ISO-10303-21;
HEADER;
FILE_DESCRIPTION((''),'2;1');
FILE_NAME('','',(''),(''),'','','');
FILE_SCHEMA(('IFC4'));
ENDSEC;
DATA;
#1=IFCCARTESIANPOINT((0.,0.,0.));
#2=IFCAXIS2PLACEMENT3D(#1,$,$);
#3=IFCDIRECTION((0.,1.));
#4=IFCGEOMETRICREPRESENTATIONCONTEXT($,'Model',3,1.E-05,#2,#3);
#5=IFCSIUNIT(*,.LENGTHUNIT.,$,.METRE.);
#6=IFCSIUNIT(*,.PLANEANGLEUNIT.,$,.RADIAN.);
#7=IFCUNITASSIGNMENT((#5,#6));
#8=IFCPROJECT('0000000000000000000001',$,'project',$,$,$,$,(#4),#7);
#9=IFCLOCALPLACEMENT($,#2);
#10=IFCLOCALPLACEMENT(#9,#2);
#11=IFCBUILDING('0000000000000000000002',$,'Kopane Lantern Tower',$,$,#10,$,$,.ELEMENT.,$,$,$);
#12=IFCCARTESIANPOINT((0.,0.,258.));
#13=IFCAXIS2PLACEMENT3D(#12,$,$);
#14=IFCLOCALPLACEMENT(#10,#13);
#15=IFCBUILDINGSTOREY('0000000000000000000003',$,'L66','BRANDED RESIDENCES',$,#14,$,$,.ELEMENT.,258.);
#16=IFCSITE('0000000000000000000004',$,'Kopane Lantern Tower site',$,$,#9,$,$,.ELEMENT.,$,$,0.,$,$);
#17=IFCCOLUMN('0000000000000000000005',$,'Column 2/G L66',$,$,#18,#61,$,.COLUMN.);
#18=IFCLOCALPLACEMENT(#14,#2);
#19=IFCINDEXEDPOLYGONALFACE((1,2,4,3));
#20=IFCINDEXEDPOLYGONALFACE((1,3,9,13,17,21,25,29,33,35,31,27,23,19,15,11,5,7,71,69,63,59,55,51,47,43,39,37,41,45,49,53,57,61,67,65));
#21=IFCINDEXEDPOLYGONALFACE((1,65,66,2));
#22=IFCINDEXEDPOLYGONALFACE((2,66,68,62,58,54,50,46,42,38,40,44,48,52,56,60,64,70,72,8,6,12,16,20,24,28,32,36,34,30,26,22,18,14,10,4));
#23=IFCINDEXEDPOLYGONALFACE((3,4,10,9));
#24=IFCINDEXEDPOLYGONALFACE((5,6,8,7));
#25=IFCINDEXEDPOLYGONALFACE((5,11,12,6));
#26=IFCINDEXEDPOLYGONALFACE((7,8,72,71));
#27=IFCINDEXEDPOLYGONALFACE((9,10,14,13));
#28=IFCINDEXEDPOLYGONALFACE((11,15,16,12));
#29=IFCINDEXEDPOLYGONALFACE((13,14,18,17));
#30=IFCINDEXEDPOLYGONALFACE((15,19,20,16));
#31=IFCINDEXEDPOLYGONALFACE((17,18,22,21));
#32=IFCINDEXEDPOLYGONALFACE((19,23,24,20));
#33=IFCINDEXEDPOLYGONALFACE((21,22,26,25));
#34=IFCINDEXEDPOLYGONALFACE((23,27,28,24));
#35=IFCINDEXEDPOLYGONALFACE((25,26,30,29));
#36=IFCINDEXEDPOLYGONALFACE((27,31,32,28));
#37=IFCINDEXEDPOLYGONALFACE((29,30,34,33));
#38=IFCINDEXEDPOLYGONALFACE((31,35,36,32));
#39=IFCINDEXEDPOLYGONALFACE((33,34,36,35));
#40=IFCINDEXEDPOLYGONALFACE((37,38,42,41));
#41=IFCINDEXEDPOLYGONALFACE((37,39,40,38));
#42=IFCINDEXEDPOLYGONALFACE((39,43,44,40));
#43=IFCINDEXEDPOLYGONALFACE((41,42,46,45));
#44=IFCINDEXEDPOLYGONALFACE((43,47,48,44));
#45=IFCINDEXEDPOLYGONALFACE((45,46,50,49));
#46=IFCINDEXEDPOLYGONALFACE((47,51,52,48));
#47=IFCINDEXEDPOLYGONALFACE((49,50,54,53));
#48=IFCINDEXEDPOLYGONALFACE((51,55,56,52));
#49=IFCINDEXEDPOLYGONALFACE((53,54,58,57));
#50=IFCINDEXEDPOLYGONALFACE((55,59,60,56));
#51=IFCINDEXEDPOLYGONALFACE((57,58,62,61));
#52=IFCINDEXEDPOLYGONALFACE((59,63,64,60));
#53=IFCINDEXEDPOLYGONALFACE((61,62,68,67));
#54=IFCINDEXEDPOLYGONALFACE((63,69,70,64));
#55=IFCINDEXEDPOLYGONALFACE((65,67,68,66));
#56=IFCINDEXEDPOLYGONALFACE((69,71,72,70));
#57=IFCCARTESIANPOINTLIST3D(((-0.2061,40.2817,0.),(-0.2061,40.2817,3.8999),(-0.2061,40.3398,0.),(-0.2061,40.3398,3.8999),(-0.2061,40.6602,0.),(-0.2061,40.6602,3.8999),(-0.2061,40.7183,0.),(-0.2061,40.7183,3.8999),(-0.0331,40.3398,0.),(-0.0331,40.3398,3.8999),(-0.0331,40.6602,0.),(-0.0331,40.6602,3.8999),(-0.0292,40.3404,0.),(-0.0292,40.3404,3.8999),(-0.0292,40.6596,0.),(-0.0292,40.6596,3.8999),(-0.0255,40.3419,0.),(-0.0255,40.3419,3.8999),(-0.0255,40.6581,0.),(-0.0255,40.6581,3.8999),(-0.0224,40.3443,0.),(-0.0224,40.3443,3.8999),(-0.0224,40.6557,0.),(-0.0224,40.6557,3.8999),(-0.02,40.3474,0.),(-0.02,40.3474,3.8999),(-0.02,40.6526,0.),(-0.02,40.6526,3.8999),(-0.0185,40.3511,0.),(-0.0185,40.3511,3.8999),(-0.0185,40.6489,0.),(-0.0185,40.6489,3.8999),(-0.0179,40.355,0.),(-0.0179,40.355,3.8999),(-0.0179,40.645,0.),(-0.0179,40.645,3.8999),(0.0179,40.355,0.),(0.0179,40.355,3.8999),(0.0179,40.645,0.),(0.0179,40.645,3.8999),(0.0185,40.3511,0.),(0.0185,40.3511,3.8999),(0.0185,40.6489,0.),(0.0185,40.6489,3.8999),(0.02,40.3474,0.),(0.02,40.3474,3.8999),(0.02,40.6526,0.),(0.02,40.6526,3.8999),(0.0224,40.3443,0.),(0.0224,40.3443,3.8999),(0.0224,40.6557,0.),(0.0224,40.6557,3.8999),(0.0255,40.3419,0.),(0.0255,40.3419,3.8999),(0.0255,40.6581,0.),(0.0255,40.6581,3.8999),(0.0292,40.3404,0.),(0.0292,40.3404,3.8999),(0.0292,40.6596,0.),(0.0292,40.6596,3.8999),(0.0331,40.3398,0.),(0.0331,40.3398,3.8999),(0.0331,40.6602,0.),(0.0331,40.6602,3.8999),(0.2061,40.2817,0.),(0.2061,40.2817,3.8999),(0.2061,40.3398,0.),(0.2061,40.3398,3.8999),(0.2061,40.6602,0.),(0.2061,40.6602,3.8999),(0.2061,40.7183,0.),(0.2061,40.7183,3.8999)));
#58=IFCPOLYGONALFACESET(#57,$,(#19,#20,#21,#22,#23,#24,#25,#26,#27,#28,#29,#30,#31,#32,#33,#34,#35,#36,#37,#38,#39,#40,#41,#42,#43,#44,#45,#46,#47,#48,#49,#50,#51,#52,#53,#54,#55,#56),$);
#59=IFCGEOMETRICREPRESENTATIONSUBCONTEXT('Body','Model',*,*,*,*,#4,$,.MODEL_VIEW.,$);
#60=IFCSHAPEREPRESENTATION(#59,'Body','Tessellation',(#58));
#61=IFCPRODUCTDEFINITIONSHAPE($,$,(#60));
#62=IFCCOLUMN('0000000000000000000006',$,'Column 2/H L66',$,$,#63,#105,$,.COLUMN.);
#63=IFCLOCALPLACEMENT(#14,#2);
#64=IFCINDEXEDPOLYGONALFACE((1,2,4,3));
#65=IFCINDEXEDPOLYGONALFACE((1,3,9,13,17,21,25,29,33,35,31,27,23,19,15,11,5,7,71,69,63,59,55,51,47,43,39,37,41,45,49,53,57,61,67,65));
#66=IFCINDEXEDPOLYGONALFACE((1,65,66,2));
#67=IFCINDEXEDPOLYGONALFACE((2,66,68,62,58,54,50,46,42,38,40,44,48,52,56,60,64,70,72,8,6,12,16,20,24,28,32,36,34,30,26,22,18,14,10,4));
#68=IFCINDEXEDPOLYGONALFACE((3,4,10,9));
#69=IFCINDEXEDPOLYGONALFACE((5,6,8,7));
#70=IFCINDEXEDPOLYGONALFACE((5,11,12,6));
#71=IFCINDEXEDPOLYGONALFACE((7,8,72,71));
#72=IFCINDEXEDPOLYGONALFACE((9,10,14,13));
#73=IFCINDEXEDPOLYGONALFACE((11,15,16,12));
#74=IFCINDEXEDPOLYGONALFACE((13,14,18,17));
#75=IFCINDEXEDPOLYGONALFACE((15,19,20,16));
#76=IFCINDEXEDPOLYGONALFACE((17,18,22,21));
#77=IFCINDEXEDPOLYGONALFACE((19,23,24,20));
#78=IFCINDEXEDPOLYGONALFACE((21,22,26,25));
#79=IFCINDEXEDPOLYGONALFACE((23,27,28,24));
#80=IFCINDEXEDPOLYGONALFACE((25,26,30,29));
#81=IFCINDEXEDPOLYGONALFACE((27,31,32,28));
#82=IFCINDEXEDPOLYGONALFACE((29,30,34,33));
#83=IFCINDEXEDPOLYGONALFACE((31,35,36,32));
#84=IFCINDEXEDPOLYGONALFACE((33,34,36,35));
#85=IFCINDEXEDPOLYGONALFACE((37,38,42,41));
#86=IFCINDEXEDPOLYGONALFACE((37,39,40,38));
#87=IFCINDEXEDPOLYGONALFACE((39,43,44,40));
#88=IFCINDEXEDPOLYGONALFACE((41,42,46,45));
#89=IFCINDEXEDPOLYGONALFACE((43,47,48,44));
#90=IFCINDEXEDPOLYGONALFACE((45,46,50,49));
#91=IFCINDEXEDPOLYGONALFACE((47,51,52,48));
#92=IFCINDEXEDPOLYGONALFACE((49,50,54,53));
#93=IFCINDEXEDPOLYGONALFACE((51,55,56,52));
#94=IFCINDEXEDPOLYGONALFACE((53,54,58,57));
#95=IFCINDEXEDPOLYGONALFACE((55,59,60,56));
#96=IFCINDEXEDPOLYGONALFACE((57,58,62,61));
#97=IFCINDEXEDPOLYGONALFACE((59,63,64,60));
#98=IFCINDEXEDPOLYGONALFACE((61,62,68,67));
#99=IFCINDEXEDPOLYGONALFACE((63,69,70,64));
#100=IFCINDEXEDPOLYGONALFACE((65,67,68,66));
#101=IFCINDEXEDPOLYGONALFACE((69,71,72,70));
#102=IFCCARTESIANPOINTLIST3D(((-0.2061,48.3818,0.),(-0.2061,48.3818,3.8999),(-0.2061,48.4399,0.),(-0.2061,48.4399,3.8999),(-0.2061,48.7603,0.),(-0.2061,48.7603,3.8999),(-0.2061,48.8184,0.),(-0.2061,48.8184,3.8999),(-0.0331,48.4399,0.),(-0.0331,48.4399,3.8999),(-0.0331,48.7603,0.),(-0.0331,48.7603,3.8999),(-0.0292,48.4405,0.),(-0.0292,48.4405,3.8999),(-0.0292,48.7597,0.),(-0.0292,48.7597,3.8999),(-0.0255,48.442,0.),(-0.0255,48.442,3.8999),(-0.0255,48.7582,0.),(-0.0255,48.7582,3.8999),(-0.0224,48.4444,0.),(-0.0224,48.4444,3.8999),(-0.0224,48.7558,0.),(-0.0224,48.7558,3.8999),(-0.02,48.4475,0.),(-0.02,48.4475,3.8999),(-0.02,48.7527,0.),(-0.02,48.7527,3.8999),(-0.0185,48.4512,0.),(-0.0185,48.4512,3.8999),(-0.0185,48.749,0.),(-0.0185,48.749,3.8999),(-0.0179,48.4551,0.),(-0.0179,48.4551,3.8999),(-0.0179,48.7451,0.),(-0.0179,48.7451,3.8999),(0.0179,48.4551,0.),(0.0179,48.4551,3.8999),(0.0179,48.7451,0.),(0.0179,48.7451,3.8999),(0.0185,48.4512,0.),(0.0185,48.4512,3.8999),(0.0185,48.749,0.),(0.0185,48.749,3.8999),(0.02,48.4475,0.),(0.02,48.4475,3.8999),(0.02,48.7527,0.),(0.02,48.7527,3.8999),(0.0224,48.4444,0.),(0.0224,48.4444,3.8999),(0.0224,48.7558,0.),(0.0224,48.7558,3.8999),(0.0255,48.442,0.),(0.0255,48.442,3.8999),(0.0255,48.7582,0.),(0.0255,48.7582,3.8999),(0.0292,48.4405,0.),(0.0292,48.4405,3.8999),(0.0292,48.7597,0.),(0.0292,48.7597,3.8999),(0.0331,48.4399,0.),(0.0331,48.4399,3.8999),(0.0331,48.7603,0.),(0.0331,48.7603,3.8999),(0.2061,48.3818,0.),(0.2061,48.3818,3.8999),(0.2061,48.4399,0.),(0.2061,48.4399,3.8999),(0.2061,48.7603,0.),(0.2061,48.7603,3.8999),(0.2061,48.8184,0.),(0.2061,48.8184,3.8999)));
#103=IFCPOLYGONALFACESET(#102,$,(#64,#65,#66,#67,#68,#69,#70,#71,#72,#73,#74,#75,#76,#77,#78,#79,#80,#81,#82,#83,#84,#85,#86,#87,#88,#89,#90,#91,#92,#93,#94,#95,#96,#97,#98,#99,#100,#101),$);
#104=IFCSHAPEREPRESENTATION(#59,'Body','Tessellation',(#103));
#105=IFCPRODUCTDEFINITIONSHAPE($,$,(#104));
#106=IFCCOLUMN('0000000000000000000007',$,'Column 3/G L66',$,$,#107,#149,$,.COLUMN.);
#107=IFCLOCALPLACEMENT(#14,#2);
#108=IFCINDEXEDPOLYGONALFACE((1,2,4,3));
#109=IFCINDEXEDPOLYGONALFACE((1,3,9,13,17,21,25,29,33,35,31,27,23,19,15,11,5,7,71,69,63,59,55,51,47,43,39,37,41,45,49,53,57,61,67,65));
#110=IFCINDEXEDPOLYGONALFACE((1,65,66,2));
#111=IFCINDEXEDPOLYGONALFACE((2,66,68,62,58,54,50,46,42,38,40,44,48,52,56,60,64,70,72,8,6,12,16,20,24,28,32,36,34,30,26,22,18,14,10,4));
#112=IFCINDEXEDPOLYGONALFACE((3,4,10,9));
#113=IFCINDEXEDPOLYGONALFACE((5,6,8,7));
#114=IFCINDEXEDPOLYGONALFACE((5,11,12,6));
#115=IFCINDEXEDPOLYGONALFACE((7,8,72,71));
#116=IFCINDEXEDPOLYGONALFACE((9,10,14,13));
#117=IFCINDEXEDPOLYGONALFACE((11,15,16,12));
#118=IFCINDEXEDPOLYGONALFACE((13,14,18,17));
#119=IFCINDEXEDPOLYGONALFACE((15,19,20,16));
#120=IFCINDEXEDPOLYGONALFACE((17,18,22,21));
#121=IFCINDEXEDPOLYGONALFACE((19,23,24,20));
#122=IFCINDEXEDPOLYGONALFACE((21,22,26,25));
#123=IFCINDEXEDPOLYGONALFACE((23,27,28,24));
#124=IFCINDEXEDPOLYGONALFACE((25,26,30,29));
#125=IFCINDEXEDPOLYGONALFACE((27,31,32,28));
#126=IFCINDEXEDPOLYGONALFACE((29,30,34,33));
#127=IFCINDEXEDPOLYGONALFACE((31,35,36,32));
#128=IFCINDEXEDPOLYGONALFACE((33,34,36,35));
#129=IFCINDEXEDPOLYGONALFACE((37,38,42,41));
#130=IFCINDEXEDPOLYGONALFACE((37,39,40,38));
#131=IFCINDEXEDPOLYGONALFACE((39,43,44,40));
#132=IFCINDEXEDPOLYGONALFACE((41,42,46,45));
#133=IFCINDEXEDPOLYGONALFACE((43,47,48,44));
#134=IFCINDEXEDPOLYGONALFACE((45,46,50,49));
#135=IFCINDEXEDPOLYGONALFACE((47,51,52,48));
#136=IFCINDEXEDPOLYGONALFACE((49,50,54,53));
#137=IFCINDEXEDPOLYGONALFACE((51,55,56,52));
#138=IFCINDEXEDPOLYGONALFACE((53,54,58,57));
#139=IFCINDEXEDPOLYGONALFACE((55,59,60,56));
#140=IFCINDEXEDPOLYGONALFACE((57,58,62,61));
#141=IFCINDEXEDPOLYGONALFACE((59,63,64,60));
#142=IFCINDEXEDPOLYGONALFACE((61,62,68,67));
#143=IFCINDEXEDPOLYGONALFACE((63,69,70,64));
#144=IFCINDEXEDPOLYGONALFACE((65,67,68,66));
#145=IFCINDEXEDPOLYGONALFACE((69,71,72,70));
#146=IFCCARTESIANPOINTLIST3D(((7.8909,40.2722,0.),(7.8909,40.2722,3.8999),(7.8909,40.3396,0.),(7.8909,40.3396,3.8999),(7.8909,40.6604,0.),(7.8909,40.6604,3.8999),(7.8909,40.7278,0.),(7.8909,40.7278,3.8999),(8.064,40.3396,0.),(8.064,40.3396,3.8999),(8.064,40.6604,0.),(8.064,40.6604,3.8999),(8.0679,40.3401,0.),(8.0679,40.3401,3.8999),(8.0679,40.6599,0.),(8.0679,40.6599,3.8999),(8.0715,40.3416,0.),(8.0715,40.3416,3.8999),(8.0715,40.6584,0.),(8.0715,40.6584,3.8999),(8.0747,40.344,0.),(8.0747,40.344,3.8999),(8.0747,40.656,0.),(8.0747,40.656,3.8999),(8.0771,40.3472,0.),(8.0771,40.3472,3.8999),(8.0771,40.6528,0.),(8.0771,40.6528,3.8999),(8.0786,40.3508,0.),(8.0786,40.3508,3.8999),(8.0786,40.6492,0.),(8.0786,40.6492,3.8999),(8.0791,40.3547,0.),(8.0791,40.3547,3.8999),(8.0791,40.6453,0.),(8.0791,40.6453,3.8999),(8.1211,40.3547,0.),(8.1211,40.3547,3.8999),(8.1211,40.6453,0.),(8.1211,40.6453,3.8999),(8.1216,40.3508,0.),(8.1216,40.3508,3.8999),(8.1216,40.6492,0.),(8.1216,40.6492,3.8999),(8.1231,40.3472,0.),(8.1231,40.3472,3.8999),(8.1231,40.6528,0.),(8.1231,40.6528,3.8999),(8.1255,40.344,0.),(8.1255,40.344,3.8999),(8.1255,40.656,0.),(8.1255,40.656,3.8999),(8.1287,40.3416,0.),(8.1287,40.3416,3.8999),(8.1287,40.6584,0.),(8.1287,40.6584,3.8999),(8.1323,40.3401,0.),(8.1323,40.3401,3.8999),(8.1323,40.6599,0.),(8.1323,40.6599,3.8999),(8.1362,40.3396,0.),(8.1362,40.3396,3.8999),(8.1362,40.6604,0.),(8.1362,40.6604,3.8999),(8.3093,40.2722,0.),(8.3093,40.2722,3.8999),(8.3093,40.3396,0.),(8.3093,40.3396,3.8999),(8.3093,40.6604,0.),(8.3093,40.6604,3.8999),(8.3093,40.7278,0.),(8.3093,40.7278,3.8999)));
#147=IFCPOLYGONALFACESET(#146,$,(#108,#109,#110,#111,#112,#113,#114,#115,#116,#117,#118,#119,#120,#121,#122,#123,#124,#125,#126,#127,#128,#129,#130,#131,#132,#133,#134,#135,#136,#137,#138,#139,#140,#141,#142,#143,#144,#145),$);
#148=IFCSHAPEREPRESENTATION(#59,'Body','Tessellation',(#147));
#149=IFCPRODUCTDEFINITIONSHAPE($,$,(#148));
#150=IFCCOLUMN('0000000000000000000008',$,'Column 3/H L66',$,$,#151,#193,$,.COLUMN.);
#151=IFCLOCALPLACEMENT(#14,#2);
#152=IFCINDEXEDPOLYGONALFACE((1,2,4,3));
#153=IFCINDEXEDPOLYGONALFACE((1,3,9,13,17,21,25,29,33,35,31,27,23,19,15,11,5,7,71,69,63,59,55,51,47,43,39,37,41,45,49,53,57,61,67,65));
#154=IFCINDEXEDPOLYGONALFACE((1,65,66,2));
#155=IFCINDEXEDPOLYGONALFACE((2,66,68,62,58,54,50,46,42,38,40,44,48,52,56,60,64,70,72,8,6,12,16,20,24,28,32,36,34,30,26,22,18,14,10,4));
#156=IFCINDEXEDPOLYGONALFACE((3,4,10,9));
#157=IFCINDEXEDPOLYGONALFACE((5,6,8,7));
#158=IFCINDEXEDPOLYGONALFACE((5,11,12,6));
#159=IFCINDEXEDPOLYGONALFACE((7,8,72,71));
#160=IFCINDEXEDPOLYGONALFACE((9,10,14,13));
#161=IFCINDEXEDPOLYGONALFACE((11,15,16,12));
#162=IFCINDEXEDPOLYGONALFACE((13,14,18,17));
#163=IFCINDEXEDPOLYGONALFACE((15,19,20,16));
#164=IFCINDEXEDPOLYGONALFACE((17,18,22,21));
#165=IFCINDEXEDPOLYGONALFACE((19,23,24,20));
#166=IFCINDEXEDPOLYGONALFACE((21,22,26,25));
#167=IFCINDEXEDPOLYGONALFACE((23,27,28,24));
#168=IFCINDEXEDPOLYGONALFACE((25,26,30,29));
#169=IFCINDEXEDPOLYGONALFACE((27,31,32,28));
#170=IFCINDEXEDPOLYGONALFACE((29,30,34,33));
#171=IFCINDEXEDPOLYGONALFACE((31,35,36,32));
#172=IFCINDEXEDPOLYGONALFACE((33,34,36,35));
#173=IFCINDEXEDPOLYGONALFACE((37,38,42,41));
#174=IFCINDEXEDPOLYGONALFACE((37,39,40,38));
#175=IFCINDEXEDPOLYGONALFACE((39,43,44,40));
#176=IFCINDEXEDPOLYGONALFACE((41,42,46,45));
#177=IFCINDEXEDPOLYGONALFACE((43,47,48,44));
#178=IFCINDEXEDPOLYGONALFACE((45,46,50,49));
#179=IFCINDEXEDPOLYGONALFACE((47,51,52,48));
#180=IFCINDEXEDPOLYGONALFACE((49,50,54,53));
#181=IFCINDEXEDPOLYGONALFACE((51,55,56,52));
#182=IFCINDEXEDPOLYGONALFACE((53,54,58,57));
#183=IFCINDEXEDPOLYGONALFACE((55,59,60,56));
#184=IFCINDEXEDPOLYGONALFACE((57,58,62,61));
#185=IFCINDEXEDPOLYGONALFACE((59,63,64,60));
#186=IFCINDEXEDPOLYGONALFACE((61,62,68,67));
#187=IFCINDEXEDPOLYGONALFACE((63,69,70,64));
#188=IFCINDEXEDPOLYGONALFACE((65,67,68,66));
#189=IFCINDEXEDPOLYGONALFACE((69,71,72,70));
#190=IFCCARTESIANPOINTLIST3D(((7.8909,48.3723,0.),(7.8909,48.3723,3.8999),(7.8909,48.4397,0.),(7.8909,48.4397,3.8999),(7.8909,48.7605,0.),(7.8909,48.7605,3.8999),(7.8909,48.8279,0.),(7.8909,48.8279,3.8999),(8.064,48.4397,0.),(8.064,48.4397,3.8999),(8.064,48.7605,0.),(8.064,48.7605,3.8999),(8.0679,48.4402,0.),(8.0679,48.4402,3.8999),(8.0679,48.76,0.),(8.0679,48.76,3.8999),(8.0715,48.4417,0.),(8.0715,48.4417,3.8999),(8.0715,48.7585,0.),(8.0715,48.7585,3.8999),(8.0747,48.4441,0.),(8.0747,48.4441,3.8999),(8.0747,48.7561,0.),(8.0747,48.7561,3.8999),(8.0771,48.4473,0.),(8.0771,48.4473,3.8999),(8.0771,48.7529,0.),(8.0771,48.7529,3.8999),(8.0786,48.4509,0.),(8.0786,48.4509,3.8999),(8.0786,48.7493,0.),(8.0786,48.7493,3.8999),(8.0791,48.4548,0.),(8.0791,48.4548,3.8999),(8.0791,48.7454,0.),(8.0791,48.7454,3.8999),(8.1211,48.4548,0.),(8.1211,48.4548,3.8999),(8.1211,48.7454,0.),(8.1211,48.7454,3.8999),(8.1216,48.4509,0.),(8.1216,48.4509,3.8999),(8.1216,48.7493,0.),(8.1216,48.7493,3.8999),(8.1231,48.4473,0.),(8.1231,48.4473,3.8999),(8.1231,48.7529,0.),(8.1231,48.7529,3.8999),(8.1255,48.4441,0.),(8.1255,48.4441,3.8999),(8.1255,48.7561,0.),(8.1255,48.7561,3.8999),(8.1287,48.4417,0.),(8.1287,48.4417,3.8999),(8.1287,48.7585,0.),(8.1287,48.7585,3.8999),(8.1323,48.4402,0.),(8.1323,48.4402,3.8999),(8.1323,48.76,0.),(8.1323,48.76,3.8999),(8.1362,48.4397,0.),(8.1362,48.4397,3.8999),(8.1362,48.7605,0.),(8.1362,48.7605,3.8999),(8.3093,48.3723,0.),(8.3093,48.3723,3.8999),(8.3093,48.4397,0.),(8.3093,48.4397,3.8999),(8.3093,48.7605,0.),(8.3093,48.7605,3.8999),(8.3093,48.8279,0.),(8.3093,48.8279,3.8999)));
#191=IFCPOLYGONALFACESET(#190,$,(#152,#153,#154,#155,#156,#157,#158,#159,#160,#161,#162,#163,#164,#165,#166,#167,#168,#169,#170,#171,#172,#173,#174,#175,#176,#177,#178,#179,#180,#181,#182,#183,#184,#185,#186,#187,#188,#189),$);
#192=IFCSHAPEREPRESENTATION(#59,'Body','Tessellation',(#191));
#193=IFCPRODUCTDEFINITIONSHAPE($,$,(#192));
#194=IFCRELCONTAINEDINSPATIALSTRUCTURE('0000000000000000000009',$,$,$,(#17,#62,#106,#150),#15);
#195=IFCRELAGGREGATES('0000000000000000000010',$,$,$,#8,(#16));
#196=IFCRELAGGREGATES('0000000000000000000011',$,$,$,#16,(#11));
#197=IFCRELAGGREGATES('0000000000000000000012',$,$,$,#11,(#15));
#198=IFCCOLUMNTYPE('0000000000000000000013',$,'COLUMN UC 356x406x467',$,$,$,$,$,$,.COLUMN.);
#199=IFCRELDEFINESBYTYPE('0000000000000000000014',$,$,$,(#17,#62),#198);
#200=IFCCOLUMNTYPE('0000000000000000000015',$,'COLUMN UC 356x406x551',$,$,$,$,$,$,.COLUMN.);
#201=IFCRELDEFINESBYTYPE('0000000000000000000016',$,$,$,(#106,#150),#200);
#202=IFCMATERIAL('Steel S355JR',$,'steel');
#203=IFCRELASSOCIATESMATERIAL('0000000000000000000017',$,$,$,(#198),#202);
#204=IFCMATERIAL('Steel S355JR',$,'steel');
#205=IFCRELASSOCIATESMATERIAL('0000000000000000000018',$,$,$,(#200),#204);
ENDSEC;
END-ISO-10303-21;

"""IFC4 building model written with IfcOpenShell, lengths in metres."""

from ifc_helpers import new_model, si_unit, direction, frame, origin, origin_2d, place, context, subcontext, project, spatial, i_section, extrude, material, material_profile, profile_set, type_object, element, save


model = new_model("IFC4")

# Units and contexts
model_context = context("Model", 3, precision=1e-05, world=origin(), true_north=direction((0.0, 1.0)))
body_context = subcontext(model_context, "Body", "Model", "MODEL_VIEW")
ifc_project = project(units=[si_unit("LENGTHUNIT", "METRE"), si_unit("PLANEANGLEUNIT", "RADIAN")], contexts=[model_context])

# Site, building, storey
site_placement = place(None, origin())
site = spatial("IfcSite", under=ifc_project, at=site_placement, Name="Kopane Lantern Tower site", CompositionType="ELEMENT", RefElevation=0.0)
building_placement = place(site_placement, origin())
building = spatial("IfcBuilding", under=site, at=building_placement, Name="Kopane Lantern Tower", CompositionType="ELEMENT")
storey_placement = place(building_placement, frame((0.0, 0.0, 258.0)))
storey = spatial("IfcBuildingStorey", under=building, at=storey_placement, Name="L66", Description="BRANDED RESIDENCES", CompositionType="ELEMENT", Elevation=258.0)

# Columns
ifc_material_1 = material(Name="Steel S355JR", Category="steel")
ifc_material_profile_1 = material_profile(ifc_material_1, i_section(OverallWidth=0.4121, OverallDepth=0.4365, WebThickness=0.0359, FlangeThickness=0.0581, FilletRadius=0.0151, at=origin_2d()), Name="UC 356x406x467")
ifc_profile_set_1 = profile_set([ifc_material_profile_1], Name="Steel S355JR")
column_type_1 = type_object("IfcColumnType", Name="COLUMN UC 356x406x467", PredefinedType="COLUMN", material=ifc_profile_set_1)
for number, where, z_axis, x_axis, name in (
    (1, (0.0, 40.5, 0.0), (0.0, 0.0, 1.0), (1.0, 0.0, 0.0), "Column 2/G L66"),
    (2, (0.0, 48.6001, 0.0), (0.0, 0.0, 1.0), (1.0, 0.0, 0.0), "Column 2/H L66"),
):
    element("IfcColumn", number, at=place(storey_placement, frame(where, z_axis=z_axis, x_axis=x_axis)), inside=storey, type_object=column_type_1, Name=name, PredefinedType="COLUMN", context=body_context, shape_type="SweptSolid", body=[
        extrude(i_section(OverallWidth=0.4121, OverallDepth=0.4365, WebThickness=0.0359, FlangeThickness=0.0581, FilletRadius=0.0151, at=origin_2d()), origin(), (0.0, 0.0, 1.0), 3.8999),
    ])
ifc_material_2 = material(Name="Steel S355JR", Category="steel")
ifc_material_profile_2 = material_profile(ifc_material_2, i_section(OverallWidth=0.4185, OverallDepth=0.4556, WebThickness=0.042, FlangeThickness=0.0674, FilletRadius=0.0151, at=origin_2d()), Name="UC 356x406x551")
ifc_profile_set_2 = profile_set([ifc_material_profile_2], Name="Steel S355JR")
column_type_2 = type_object("IfcColumnType", Name="COLUMN UC 356x406x551", PredefinedType="COLUMN", material=ifc_profile_set_2)
for number, where, z_axis, x_axis, name in (
    (3, (8.1001, 40.5, 0.0), (0.0, 0.0, 1.0), (1.0, 0.0, 0.0), "Column 3/G L66"),
    (4, (8.1001, 48.6001, 0.0), (0.0, 0.0, 1.0), (1.0, 0.0, 0.0), "Column 3/H L66"),
):
    element("IfcColumn", number, at=place(storey_placement, frame(where, z_axis=z_axis, x_axis=x_axis)), inside=storey, type_object=column_type_2, Name=name, PredefinedType="COLUMN", context=body_context, shape_type="SweptSolid", body=[
        extrude(i_section(OverallWidth=0.4185, OverallDepth=0.4556, WebThickness=0.042, FlangeThickness=0.0674, FilletRadius=0.0151, at=origin_2d()), origin(), (0.0, 0.0, 1.0), 3.8999),
    ])

save(model, "model.ifc")
